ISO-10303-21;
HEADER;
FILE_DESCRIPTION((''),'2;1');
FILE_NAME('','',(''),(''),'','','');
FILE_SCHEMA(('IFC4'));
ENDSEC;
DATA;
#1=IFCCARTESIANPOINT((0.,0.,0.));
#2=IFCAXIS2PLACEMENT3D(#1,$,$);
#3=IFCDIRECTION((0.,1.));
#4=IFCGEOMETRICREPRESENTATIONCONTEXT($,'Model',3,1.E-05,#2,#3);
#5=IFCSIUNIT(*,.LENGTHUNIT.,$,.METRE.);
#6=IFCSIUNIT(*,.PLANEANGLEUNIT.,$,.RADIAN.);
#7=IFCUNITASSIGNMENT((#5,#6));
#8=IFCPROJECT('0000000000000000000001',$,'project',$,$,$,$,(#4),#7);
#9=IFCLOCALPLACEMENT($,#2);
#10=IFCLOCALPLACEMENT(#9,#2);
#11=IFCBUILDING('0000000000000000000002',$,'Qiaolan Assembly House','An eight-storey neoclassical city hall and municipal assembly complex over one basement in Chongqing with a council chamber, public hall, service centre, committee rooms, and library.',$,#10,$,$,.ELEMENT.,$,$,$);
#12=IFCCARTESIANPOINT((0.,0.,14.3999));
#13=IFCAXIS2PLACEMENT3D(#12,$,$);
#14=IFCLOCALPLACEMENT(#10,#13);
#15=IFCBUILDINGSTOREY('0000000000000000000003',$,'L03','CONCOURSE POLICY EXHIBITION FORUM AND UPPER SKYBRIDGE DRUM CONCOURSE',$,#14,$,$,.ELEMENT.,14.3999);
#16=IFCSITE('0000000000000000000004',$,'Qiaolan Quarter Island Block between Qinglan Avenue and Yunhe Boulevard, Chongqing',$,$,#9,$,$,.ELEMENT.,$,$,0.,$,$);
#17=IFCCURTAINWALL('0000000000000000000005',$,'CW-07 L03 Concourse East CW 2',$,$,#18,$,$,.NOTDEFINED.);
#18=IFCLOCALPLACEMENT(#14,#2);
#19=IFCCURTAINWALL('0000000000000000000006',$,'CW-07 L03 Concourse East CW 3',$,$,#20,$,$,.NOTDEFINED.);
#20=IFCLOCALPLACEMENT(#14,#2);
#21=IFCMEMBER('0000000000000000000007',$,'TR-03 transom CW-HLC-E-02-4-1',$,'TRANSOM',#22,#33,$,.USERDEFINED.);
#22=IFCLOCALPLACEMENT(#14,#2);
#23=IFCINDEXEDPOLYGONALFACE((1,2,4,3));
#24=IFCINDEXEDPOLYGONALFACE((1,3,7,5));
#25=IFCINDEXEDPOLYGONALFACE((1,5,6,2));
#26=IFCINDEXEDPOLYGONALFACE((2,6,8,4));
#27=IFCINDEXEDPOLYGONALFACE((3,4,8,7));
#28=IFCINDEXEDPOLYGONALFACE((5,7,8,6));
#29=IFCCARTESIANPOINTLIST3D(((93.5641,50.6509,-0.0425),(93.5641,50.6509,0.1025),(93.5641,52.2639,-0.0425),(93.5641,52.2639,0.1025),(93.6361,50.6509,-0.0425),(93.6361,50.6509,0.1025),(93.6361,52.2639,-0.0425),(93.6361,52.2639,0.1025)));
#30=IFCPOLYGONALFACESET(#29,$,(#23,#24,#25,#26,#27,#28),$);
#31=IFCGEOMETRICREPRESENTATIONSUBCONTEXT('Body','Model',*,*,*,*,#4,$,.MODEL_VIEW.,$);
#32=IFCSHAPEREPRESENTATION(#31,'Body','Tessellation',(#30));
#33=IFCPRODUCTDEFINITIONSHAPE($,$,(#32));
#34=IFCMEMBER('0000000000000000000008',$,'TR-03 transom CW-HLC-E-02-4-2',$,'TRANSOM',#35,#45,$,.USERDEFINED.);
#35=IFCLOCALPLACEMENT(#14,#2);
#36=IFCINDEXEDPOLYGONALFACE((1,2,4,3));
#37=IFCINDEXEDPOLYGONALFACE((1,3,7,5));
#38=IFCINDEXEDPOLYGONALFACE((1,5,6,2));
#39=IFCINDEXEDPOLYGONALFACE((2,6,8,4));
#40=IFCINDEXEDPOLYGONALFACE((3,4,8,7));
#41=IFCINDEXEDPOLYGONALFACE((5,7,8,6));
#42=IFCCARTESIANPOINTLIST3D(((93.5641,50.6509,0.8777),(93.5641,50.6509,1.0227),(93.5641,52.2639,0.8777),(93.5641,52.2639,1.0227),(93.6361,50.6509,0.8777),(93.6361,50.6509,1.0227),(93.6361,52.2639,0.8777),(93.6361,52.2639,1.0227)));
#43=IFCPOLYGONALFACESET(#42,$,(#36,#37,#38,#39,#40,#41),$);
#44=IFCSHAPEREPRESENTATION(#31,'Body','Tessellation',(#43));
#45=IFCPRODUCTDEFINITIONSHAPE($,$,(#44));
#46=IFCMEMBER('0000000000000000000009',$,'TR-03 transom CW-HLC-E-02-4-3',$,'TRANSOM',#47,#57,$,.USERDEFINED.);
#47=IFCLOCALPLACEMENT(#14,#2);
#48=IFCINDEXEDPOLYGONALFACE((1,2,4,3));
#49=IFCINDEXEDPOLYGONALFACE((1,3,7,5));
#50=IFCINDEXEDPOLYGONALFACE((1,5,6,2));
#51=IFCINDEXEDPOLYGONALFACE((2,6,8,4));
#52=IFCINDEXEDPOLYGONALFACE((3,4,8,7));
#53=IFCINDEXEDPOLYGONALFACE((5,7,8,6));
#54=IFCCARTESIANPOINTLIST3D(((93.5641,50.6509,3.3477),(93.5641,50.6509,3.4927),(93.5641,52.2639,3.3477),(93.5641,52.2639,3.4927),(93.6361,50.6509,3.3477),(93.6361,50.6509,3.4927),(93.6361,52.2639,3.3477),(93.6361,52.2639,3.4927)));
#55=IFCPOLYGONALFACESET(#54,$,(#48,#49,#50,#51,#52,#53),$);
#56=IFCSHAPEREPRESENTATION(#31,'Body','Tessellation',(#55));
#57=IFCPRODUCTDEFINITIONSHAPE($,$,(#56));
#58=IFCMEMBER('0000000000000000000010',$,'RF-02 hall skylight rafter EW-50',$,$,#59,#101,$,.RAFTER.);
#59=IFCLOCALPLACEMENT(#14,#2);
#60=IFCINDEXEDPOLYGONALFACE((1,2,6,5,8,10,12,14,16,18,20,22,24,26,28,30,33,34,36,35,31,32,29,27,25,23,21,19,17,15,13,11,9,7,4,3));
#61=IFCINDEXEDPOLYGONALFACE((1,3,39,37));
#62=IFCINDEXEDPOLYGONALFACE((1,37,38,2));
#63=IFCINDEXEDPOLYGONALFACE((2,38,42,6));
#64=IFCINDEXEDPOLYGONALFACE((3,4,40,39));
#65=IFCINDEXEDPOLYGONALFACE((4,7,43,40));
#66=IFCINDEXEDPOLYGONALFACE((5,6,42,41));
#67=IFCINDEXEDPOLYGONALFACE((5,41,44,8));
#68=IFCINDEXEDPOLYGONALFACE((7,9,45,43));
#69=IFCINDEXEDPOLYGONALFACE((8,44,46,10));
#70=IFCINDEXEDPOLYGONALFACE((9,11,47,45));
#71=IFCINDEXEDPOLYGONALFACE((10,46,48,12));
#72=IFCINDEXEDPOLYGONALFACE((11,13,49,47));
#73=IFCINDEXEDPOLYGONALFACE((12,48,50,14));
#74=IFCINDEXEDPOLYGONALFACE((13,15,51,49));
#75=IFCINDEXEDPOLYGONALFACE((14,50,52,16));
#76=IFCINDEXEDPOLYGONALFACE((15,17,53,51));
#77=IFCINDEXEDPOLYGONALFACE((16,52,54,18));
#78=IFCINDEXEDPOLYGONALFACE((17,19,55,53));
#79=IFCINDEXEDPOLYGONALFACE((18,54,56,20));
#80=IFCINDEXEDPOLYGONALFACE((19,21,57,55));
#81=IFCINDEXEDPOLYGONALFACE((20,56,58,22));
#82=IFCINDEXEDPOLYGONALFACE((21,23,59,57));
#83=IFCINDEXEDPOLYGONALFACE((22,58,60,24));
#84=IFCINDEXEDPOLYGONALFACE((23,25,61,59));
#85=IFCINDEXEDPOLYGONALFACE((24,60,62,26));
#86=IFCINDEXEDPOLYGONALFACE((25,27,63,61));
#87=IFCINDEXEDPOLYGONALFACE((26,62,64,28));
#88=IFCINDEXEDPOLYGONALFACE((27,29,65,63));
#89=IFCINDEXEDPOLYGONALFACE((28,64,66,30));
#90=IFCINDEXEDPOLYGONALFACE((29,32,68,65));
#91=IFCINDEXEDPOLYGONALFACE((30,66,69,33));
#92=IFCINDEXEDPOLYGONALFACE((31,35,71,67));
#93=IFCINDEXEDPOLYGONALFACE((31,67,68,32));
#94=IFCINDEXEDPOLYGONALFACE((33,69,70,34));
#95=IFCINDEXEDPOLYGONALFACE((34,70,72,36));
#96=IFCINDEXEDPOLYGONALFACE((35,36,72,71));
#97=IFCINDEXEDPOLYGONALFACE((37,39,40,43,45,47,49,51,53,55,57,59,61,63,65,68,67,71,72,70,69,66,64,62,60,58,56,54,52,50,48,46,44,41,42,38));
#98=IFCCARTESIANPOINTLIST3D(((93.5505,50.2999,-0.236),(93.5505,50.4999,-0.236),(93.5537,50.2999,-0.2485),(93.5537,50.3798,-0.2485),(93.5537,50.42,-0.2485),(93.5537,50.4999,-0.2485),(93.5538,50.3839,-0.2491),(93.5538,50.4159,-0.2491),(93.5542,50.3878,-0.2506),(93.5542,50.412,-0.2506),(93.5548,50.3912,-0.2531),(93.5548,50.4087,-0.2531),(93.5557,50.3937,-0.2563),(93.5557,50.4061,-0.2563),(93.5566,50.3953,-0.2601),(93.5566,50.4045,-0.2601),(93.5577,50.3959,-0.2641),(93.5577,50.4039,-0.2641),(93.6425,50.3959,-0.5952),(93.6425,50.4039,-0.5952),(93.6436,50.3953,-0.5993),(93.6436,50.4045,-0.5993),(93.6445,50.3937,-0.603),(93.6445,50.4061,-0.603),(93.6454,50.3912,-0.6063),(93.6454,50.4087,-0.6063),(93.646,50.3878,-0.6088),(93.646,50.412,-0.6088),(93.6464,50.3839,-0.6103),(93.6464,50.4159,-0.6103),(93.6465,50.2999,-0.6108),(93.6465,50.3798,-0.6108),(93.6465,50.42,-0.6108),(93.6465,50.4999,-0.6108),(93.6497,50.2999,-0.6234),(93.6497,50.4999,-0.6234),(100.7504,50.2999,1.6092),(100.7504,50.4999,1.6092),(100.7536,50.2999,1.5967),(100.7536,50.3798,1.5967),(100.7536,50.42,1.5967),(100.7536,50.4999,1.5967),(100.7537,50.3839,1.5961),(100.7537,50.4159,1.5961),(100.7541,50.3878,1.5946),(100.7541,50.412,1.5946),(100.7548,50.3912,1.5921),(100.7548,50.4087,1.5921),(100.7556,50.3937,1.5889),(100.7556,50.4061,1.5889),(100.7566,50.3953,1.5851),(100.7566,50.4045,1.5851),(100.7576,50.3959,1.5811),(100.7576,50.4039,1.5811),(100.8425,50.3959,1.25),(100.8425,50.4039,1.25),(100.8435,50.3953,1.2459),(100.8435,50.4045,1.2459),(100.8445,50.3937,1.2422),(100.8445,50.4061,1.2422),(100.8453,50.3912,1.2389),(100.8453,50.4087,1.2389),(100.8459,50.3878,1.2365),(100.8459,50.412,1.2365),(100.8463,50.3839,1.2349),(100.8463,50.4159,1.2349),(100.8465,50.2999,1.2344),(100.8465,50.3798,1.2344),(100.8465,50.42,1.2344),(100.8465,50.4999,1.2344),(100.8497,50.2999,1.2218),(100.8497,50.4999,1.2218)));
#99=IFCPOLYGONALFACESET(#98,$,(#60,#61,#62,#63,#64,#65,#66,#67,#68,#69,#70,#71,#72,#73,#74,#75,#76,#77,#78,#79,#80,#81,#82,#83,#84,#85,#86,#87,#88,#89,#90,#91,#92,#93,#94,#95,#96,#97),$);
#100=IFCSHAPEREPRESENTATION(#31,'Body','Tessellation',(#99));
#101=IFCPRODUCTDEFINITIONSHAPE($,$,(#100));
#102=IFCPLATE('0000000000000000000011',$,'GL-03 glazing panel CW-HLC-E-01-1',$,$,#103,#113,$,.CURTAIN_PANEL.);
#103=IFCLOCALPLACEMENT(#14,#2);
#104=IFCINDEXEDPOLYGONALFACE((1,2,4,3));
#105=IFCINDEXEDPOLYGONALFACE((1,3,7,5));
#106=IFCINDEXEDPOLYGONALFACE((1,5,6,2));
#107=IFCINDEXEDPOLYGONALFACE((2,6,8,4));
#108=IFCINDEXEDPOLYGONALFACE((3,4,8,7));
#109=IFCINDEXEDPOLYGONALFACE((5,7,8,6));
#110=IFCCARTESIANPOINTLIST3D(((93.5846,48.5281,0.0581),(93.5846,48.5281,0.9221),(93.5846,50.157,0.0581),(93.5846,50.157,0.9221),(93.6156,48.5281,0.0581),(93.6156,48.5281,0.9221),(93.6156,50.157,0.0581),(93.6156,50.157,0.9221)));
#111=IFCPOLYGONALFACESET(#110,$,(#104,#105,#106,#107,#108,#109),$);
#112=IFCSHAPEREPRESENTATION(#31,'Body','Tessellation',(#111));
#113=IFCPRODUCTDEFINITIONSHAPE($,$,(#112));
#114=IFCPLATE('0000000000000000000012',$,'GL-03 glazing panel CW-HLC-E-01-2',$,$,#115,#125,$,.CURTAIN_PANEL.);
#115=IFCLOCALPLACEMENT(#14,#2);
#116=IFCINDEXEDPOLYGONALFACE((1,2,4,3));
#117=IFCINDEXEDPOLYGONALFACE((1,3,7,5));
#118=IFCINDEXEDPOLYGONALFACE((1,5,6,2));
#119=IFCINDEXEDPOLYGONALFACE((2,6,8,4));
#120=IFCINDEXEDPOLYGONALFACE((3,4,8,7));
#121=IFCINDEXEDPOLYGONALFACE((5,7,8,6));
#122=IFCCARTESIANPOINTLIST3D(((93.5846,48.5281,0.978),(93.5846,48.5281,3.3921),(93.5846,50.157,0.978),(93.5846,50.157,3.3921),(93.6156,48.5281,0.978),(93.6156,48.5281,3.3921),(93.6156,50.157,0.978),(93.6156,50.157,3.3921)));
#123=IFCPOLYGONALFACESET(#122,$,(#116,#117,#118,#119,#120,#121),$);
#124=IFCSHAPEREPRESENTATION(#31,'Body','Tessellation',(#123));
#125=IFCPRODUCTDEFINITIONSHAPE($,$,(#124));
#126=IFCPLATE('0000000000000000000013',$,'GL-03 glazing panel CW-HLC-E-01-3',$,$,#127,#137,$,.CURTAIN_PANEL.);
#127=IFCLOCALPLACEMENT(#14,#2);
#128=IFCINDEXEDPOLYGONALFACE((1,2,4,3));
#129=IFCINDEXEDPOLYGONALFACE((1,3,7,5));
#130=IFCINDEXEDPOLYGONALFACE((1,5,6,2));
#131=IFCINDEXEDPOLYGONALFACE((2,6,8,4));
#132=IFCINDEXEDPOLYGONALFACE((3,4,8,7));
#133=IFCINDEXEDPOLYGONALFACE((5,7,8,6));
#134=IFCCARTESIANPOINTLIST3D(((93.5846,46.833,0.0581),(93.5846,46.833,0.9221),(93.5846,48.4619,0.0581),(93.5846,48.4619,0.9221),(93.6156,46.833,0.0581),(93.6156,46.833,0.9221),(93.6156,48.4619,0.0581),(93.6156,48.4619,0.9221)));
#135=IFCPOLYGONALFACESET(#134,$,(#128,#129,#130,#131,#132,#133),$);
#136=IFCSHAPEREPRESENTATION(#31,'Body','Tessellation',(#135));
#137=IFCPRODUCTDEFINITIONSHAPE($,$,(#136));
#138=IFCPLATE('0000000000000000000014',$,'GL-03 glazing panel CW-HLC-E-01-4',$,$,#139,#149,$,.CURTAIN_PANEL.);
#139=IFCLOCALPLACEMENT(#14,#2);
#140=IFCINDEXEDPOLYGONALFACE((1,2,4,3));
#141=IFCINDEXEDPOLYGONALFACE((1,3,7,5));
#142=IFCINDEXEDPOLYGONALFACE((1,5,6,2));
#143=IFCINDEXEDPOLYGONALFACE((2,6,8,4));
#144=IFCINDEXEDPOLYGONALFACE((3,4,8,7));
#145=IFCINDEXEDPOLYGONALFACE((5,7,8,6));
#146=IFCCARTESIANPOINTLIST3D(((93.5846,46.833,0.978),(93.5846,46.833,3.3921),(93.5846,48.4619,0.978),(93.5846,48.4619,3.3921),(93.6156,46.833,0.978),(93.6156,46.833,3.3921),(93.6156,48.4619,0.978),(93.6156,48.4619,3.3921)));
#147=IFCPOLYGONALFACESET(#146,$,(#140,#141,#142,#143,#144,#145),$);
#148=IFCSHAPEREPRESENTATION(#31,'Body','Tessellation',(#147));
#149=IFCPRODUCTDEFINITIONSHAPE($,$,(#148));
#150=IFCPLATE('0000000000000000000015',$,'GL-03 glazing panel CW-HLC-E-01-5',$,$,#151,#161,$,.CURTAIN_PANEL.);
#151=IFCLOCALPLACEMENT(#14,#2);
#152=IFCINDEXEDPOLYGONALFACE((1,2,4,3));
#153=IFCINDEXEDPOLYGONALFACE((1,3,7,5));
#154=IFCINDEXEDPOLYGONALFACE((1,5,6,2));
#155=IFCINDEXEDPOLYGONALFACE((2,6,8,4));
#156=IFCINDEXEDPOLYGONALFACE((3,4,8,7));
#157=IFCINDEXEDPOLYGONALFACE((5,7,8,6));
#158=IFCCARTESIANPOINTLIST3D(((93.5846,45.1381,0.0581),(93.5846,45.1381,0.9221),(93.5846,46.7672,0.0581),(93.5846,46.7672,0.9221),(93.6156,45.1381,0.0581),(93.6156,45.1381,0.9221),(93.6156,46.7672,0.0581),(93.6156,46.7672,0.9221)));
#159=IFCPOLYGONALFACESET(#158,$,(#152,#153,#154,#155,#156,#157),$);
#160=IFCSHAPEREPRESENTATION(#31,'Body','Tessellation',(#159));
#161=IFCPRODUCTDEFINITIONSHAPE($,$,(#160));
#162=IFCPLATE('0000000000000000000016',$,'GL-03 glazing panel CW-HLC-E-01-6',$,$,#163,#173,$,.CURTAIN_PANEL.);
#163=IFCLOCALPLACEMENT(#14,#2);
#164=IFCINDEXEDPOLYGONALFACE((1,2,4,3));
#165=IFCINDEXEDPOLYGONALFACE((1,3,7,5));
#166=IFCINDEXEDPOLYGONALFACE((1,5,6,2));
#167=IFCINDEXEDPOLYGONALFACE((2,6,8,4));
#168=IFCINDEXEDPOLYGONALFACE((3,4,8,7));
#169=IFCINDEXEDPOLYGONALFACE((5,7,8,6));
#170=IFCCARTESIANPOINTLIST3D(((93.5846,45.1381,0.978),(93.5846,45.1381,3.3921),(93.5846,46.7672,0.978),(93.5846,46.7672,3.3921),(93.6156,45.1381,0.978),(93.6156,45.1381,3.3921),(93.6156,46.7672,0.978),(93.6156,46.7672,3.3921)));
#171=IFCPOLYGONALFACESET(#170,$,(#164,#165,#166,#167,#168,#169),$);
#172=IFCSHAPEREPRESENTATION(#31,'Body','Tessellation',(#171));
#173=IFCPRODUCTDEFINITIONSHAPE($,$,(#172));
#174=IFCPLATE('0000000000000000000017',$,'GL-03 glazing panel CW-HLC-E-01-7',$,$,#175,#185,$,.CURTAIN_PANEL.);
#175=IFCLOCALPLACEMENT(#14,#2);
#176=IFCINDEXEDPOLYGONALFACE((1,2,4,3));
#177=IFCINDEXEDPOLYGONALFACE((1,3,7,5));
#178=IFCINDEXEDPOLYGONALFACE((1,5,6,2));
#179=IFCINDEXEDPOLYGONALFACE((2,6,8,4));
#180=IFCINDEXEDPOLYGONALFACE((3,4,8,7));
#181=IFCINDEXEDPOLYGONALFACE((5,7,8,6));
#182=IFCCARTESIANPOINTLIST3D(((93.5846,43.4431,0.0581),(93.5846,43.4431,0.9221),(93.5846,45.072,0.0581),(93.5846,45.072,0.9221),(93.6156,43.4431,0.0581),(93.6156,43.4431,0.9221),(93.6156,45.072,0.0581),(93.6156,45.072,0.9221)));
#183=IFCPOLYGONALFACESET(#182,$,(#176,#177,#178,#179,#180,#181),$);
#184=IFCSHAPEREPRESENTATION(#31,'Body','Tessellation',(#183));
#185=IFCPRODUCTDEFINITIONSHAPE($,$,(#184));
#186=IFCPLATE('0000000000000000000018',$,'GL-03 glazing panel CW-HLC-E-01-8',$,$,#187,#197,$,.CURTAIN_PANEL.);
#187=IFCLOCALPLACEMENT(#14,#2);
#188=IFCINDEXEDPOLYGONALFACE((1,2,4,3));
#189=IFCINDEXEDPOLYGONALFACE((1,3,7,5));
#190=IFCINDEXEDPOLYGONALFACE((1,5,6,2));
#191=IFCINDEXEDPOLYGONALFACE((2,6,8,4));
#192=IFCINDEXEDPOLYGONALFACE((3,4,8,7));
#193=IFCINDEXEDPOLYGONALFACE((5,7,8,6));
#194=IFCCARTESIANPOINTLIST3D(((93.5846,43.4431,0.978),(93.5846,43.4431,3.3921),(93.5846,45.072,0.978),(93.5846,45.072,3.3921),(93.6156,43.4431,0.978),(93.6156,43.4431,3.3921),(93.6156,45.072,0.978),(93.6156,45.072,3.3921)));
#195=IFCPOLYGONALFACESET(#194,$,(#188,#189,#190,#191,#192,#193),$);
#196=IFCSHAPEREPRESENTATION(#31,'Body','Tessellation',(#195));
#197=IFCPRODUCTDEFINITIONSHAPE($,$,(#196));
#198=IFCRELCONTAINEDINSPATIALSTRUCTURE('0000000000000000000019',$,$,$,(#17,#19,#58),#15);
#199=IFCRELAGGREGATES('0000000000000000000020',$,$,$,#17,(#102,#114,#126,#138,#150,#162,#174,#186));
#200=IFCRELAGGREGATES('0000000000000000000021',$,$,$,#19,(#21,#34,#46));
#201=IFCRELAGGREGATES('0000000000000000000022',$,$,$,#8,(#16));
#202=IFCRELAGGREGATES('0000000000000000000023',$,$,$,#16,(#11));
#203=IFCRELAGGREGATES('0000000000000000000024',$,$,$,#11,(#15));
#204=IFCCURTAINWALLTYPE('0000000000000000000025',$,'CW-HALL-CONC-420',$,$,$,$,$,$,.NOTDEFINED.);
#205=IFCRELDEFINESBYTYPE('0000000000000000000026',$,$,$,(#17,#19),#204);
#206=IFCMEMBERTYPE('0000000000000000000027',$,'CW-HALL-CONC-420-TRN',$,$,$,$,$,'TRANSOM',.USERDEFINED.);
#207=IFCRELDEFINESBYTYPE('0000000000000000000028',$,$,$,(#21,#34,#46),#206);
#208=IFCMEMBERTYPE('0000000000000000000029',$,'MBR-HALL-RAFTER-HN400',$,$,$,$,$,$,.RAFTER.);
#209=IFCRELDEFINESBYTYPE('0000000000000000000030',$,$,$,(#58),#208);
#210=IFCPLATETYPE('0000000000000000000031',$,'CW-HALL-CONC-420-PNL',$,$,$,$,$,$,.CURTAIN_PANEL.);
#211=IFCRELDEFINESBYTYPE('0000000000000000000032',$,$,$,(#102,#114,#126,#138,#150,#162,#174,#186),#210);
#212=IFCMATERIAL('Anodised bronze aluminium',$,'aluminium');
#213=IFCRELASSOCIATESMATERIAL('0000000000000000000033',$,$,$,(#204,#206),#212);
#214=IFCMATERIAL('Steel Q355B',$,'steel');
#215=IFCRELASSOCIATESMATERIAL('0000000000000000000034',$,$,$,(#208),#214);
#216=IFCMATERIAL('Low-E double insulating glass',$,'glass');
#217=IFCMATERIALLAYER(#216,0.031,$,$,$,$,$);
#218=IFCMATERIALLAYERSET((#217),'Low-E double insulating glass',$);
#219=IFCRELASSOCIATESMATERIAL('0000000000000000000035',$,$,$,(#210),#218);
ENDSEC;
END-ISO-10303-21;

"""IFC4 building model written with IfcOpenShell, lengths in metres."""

from ifc_helpers import new_model, si_unit, direction, frame, frame_2d, origin, origin_2d, place, context, subcontext, project, spatial, rectangle, i_section, extrude, material, layer, layer_set, material_profile, profile_set, type_object, element, aggregate, save


model = new_model("IFC4")

# Units and contexts
model_context = context("Model", 3, precision=1e-05, world=origin(), true_north=direction((0.0, 1.0)))
body_context = subcontext(model_context, "Body", "Model", "MODEL_VIEW")
ifc_project = project(units=[si_unit("LENGTHUNIT", "METRE"), si_unit("PLANEANGLEUNIT", "RADIAN")], contexts=[model_context])

# Site, building, storey
site_placement = place(None, origin())
site = spatial("IfcSite", under=ifc_project, at=site_placement, Name="Qiaolan Quarter Island Block between Qinglan Avenue and Yunhe Boulevard, Chongqing", CompositionType="ELEMENT", RefElevation=0.0)
building_placement = place(site_placement, origin())
building = spatial("IfcBuilding", under=site, at=building_placement, Name="Qiaolan Assembly House", Description="An eight-storey neoclassical city hall and municipal assembly complex over one basement in Chongqing with a council chamber, public hall, service centre, committee rooms, and library.", CompositionType="ELEMENT")
storey_placement = place(building_placement, frame((0.0, 0.0, 14.3999)))
storey = spatial("IfcBuildingStorey", under=building, at=storey_placement, Name="L03", Description="CONCOURSE POLICY EXHIBITION FORUM AND UPPER SKYBRIDGE DRUM CONCOURSE", CompositionType="ELEMENT", Elevation=14.3999)

# Shared definitions
ifc_material_1 = material(Name="Steel Q355B", Category="steel")

# Curtain walls
ifc_material_2 = material(Name="Anodised bronze aluminium", Category="aluminium")
curtain_wall_type = type_object("IfcCurtainWallType", Name="CW-HALL-CONC-420", PredefinedType="NOTDEFINED", material=ifc_material_2)
curtain_wall_1_placement = place(storey_placement, origin())
curtain_wall_1 = element("IfcCurtainWall", 1, at=curtain_wall_1_placement, inside=storey, type_object=curtain_wall_type, Name="CW-07 L03 Concourse East CW 2", PredefinedType="NOTDEFINED")
curtain_wall_2_placement = place(storey_placement, origin())
curtain_wall_2 = element("IfcCurtainWall", 2, at=curtain_wall_2_placement, inside=storey, type_object=curtain_wall_type, Name="CW-07 L03 Concourse East CW 3", PredefinedType="NOTDEFINED")

# Members
ifc_material_profile_1 = material_profile(ifc_material_2, rectangle(XDim=0.072, YDim=0.145, at=origin_2d()), Name="TRN 72x145")
ifc_profile_set_1 = profile_set([ifc_material_profile_1], Name="Anodised bronze aluminium")
member_type_1 = type_object("IfcMemberType", Name="CW-HALL-CONC-420-TRN", ElementType="TRANSOM", PredefinedType="USERDEFINED", material=ifc_profile_set_1)
member_1_placement = place(storey_placement, frame((93.6001, 52.2639, 0.03), z_axis=(0.0, -1.0, 0.0), x_axis=(1.0, 0.0, 0.0)))
member_1 = element("IfcMember", 3, at=member_1_placement, type_object=member_type_1, Name="TR-03 transom CW-HLC-E-02-4-1", ObjectType="TRANSOM", PredefinedType="USERDEFINED", context=body_context, shape_type="SweptSolid", body=[
    extrude(rectangle(XDim=0.072, YDim=0.145, at=origin_2d()), origin(), (0.0, 0.0, 1.0), 1.613),
])
member_2_placement = place(storey_placement, frame((93.6001, 52.2639, 0.9502), z_axis=(0.0, -1.0, 0.0), x_axis=(1.0, 0.0, 0.0)))
member_2 = element("IfcMember", 4, at=member_2_placement, type_object=member_type_1, Name="TR-03 transom CW-HLC-E-02-4-2", ObjectType="TRANSOM", PredefinedType="USERDEFINED", context=body_context, shape_type="SweptSolid", body=[
    extrude(rectangle(XDim=0.072, YDim=0.145, at=origin_2d()), origin(), (0.0, 0.0, 1.0), 1.613),
])
member_3_placement = place(storey_placement, frame((93.6001, 52.2639, 3.4202), z_axis=(0.0, -1.0, 0.0), x_axis=(1.0, 0.0, 0.0)))
member_3 = element("IfcMember", 5, at=member_3_placement, type_object=member_type_1, Name="TR-03 transom CW-HLC-E-02-4-3", ObjectType="TRANSOM", PredefinedType="USERDEFINED", context=body_context, shape_type="SweptSolid", body=[
    extrude(rectangle(XDim=0.072, YDim=0.145, at=origin_2d()), origin(), (0.0, 0.0, 1.0), 1.613),
])
ifc_material_profile_2 = material_profile(ifc_material_1, i_section(OverallWidth=0.2, OverallDepth=0.3999, WebThickness=0.0081, FlangeThickness=0.0129, FilletRadius=0.0161, at=origin_2d()), Name="HN 400x200x8x13-RF")
ifc_profile_set_2 = profile_set([ifc_material_profile_2], Name="Steel Q355B")
member_type_2 = type_object("IfcMemberType", Name="MBR-HALL-RAFTER-HN400", PredefinedType="RAFTER", material=ifc_profile_set_2)
member_4_placement = place(storey_placement, frame((93.6001, 50.3999, -0.4297), z_axis=(0.968694, 0.0, 0.248258), x_axis=(0.0, 1.0, 0.0)))
element("IfcMember", 6, at=member_4_placement, inside=storey, type_object=member_type_2, Name="RF-02 hall skylight rafter EW-50", PredefinedType="RAFTER", context=body_context, shape_type="SweptSolid", body=[
    extrude(i_section(OverallWidth=0.2, OverallDepth=0.3999, WebThickness=0.0081, FlangeThickness=0.0129, FilletRadius=0.0161, at=origin_2d()), origin(), (0.0, 0.0, 1.0), 7.4326),
])

# Plates
ifc_material_3 = material(Name="Low-E double insulating glass", Category="glass")
ifc_layer_1 = layer(ifc_material_3, 0.031)
ifc_layer_set_1 = layer_set([ifc_layer_1], Name="Low-E double insulating glass")
plate_type_1 = type_object("IfcPlateType", Name="CW-HALL-CONC-420-PNL", PredefinedType="CURTAIN_PANEL", material=ifc_layer_set_1)
plate_1_placement = place(storey_placement, frame((93.6001, 50.157, 0.0581), z_axis=(0.0, 0.0, 1.0), x_axis=(0.0, -1.0, 0.0)))
plate_1 = element("IfcPlate", 7, at=plate_1_placement, type_object=plate_type_1, Name="GL-03 glazing panel CW-HLC-E-01-1", PredefinedType="CURTAIN_PANEL", context=body_context, shape_type="SweptSolid", body=[
    extrude(rectangle(XDim=1.6289, YDim=0.031, at=frame_2d((0.8145, 0.0))), origin(), (0.0, 0.0, 1.0), 0.864),
])
plate_2_placement = place(storey_placement, frame((93.6001, 50.157, 0.978), z_axis=(0.0, 0.0, 1.0), x_axis=(0.0, -1.0, 0.0)))
plate_2 = element("IfcPlate", 8, at=plate_2_placement, type_object=plate_type_1, Name="GL-03 glazing panel CW-HLC-E-01-2", PredefinedType="CURTAIN_PANEL", context=body_context, shape_type="SweptSolid", body=[
    extrude(rectangle(XDim=1.6289, YDim=0.031, at=frame_2d((0.8145, 0.0))), origin(), (0.0, 0.0, 1.0), 2.4141),
])
plate_3_placement = place(storey_placement, frame((93.6001, 48.4619, 0.0581), z_axis=(0.0, 0.0, 1.0), x_axis=(0.0, -1.0, 0.0)))
plate_3 = element("IfcPlate", 9, at=plate_3_placement, type_object=plate_type_1, Name="GL-03 glazing panel CW-HLC-E-01-3", PredefinedType="CURTAIN_PANEL", context=body_context, shape_type="SweptSolid", body=[
    extrude(rectangle(XDim=1.6289, YDim=0.031, at=frame_2d((0.8145, 0.0))), origin(), (0.0, 0.0, 1.0), 0.864),
])
plate_4_placement = place(storey_placement, frame((93.6001, 48.4619, 0.978), z_axis=(0.0, 0.0, 1.0), x_axis=(0.0, -1.0, 0.0)))
plate_4 = element("IfcPlate", 10, at=plate_4_placement, type_object=plate_type_1, Name="GL-03 glazing panel CW-HLC-E-01-4", PredefinedType="CURTAIN_PANEL", context=body_context, shape_type="SweptSolid", body=[
    extrude(rectangle(XDim=1.6289, YDim=0.031, at=frame_2d((0.8145, 0.0))), origin(), (0.0, 0.0, 1.0), 2.4141),
])
plate_5_placement = place(storey_placement, frame((93.6001, 46.7671, 0.0581), z_axis=(0.0, 0.0, 1.0), x_axis=(0.0, -1.0, 0.0)))
plate_5 = element("IfcPlate", 11, at=plate_5_placement, type_object=plate_type_1, Name="GL-03 glazing panel CW-HLC-E-01-5", PredefinedType="CURTAIN_PANEL", context=body_context, shape_type="SweptSolid", body=[
    extrude(rectangle(XDim=1.6292, YDim=0.031, at=frame_2d((0.8145, 0.0))), origin(), (0.0, 0.0, 1.0), 0.864),
])
plate_6_placement = place(storey_placement, frame((93.6001, 46.7671, 0.978), z_axis=(0.0, 0.0, 1.0), x_axis=(0.0, -1.0, 0.0)))
plate_6 = element("IfcPlate", 12, at=plate_6_placement, type_object=plate_type_1, Name="GL-03 glazing panel CW-HLC-E-01-6", PredefinedType="CURTAIN_PANEL", context=body_context, shape_type="SweptSolid", body=[
    extrude(rectangle(XDim=1.6292, YDim=0.031, at=frame_2d((0.8145, 0.0))), origin(), (0.0, 0.0, 1.0), 2.4141),
])
plate_7_placement = place(storey_placement, frame((93.6001, 45.072, 0.0581), z_axis=(0.0, 0.0, 1.0), x_axis=(0.0, -1.0, 0.0)))
plate_7 = element("IfcPlate", 13, at=plate_7_placement, type_object=plate_type_1, Name="GL-03 glazing panel CW-HLC-E-01-7", PredefinedType="CURTAIN_PANEL", context=body_context, shape_type="SweptSolid", body=[
    extrude(rectangle(XDim=1.6289, YDim=0.031, at=frame_2d((0.8145, 0.0))), origin(), (0.0, 0.0, 1.0), 0.864),
])
plate_8_placement = place(storey_placement, frame((93.6001, 45.072, 0.978), z_axis=(0.0, 0.0, 1.0), x_axis=(0.0, -1.0, 0.0)))
plate_8 = element("IfcPlate", 14, at=plate_8_placement, type_object=plate_type_1, Name="GL-03 glazing panel CW-HLC-E-01-8", PredefinedType="CURTAIN_PANEL", context=body_context, shape_type="SweptSolid", body=[
    extrude(rectangle(XDim=1.6289, YDim=0.031, at=frame_2d((0.8145, 0.0))), origin(), (0.0, 0.0, 1.0), 2.4141),
])
aggregate(curtain_wall_1, [plate_1, plate_2, plate_3, plate_4, plate_5, plate_6, plate_7, plate_8])
aggregate(curtain_wall_2, [member_1, member_2, member_3])

save(model, "model.ifc")
